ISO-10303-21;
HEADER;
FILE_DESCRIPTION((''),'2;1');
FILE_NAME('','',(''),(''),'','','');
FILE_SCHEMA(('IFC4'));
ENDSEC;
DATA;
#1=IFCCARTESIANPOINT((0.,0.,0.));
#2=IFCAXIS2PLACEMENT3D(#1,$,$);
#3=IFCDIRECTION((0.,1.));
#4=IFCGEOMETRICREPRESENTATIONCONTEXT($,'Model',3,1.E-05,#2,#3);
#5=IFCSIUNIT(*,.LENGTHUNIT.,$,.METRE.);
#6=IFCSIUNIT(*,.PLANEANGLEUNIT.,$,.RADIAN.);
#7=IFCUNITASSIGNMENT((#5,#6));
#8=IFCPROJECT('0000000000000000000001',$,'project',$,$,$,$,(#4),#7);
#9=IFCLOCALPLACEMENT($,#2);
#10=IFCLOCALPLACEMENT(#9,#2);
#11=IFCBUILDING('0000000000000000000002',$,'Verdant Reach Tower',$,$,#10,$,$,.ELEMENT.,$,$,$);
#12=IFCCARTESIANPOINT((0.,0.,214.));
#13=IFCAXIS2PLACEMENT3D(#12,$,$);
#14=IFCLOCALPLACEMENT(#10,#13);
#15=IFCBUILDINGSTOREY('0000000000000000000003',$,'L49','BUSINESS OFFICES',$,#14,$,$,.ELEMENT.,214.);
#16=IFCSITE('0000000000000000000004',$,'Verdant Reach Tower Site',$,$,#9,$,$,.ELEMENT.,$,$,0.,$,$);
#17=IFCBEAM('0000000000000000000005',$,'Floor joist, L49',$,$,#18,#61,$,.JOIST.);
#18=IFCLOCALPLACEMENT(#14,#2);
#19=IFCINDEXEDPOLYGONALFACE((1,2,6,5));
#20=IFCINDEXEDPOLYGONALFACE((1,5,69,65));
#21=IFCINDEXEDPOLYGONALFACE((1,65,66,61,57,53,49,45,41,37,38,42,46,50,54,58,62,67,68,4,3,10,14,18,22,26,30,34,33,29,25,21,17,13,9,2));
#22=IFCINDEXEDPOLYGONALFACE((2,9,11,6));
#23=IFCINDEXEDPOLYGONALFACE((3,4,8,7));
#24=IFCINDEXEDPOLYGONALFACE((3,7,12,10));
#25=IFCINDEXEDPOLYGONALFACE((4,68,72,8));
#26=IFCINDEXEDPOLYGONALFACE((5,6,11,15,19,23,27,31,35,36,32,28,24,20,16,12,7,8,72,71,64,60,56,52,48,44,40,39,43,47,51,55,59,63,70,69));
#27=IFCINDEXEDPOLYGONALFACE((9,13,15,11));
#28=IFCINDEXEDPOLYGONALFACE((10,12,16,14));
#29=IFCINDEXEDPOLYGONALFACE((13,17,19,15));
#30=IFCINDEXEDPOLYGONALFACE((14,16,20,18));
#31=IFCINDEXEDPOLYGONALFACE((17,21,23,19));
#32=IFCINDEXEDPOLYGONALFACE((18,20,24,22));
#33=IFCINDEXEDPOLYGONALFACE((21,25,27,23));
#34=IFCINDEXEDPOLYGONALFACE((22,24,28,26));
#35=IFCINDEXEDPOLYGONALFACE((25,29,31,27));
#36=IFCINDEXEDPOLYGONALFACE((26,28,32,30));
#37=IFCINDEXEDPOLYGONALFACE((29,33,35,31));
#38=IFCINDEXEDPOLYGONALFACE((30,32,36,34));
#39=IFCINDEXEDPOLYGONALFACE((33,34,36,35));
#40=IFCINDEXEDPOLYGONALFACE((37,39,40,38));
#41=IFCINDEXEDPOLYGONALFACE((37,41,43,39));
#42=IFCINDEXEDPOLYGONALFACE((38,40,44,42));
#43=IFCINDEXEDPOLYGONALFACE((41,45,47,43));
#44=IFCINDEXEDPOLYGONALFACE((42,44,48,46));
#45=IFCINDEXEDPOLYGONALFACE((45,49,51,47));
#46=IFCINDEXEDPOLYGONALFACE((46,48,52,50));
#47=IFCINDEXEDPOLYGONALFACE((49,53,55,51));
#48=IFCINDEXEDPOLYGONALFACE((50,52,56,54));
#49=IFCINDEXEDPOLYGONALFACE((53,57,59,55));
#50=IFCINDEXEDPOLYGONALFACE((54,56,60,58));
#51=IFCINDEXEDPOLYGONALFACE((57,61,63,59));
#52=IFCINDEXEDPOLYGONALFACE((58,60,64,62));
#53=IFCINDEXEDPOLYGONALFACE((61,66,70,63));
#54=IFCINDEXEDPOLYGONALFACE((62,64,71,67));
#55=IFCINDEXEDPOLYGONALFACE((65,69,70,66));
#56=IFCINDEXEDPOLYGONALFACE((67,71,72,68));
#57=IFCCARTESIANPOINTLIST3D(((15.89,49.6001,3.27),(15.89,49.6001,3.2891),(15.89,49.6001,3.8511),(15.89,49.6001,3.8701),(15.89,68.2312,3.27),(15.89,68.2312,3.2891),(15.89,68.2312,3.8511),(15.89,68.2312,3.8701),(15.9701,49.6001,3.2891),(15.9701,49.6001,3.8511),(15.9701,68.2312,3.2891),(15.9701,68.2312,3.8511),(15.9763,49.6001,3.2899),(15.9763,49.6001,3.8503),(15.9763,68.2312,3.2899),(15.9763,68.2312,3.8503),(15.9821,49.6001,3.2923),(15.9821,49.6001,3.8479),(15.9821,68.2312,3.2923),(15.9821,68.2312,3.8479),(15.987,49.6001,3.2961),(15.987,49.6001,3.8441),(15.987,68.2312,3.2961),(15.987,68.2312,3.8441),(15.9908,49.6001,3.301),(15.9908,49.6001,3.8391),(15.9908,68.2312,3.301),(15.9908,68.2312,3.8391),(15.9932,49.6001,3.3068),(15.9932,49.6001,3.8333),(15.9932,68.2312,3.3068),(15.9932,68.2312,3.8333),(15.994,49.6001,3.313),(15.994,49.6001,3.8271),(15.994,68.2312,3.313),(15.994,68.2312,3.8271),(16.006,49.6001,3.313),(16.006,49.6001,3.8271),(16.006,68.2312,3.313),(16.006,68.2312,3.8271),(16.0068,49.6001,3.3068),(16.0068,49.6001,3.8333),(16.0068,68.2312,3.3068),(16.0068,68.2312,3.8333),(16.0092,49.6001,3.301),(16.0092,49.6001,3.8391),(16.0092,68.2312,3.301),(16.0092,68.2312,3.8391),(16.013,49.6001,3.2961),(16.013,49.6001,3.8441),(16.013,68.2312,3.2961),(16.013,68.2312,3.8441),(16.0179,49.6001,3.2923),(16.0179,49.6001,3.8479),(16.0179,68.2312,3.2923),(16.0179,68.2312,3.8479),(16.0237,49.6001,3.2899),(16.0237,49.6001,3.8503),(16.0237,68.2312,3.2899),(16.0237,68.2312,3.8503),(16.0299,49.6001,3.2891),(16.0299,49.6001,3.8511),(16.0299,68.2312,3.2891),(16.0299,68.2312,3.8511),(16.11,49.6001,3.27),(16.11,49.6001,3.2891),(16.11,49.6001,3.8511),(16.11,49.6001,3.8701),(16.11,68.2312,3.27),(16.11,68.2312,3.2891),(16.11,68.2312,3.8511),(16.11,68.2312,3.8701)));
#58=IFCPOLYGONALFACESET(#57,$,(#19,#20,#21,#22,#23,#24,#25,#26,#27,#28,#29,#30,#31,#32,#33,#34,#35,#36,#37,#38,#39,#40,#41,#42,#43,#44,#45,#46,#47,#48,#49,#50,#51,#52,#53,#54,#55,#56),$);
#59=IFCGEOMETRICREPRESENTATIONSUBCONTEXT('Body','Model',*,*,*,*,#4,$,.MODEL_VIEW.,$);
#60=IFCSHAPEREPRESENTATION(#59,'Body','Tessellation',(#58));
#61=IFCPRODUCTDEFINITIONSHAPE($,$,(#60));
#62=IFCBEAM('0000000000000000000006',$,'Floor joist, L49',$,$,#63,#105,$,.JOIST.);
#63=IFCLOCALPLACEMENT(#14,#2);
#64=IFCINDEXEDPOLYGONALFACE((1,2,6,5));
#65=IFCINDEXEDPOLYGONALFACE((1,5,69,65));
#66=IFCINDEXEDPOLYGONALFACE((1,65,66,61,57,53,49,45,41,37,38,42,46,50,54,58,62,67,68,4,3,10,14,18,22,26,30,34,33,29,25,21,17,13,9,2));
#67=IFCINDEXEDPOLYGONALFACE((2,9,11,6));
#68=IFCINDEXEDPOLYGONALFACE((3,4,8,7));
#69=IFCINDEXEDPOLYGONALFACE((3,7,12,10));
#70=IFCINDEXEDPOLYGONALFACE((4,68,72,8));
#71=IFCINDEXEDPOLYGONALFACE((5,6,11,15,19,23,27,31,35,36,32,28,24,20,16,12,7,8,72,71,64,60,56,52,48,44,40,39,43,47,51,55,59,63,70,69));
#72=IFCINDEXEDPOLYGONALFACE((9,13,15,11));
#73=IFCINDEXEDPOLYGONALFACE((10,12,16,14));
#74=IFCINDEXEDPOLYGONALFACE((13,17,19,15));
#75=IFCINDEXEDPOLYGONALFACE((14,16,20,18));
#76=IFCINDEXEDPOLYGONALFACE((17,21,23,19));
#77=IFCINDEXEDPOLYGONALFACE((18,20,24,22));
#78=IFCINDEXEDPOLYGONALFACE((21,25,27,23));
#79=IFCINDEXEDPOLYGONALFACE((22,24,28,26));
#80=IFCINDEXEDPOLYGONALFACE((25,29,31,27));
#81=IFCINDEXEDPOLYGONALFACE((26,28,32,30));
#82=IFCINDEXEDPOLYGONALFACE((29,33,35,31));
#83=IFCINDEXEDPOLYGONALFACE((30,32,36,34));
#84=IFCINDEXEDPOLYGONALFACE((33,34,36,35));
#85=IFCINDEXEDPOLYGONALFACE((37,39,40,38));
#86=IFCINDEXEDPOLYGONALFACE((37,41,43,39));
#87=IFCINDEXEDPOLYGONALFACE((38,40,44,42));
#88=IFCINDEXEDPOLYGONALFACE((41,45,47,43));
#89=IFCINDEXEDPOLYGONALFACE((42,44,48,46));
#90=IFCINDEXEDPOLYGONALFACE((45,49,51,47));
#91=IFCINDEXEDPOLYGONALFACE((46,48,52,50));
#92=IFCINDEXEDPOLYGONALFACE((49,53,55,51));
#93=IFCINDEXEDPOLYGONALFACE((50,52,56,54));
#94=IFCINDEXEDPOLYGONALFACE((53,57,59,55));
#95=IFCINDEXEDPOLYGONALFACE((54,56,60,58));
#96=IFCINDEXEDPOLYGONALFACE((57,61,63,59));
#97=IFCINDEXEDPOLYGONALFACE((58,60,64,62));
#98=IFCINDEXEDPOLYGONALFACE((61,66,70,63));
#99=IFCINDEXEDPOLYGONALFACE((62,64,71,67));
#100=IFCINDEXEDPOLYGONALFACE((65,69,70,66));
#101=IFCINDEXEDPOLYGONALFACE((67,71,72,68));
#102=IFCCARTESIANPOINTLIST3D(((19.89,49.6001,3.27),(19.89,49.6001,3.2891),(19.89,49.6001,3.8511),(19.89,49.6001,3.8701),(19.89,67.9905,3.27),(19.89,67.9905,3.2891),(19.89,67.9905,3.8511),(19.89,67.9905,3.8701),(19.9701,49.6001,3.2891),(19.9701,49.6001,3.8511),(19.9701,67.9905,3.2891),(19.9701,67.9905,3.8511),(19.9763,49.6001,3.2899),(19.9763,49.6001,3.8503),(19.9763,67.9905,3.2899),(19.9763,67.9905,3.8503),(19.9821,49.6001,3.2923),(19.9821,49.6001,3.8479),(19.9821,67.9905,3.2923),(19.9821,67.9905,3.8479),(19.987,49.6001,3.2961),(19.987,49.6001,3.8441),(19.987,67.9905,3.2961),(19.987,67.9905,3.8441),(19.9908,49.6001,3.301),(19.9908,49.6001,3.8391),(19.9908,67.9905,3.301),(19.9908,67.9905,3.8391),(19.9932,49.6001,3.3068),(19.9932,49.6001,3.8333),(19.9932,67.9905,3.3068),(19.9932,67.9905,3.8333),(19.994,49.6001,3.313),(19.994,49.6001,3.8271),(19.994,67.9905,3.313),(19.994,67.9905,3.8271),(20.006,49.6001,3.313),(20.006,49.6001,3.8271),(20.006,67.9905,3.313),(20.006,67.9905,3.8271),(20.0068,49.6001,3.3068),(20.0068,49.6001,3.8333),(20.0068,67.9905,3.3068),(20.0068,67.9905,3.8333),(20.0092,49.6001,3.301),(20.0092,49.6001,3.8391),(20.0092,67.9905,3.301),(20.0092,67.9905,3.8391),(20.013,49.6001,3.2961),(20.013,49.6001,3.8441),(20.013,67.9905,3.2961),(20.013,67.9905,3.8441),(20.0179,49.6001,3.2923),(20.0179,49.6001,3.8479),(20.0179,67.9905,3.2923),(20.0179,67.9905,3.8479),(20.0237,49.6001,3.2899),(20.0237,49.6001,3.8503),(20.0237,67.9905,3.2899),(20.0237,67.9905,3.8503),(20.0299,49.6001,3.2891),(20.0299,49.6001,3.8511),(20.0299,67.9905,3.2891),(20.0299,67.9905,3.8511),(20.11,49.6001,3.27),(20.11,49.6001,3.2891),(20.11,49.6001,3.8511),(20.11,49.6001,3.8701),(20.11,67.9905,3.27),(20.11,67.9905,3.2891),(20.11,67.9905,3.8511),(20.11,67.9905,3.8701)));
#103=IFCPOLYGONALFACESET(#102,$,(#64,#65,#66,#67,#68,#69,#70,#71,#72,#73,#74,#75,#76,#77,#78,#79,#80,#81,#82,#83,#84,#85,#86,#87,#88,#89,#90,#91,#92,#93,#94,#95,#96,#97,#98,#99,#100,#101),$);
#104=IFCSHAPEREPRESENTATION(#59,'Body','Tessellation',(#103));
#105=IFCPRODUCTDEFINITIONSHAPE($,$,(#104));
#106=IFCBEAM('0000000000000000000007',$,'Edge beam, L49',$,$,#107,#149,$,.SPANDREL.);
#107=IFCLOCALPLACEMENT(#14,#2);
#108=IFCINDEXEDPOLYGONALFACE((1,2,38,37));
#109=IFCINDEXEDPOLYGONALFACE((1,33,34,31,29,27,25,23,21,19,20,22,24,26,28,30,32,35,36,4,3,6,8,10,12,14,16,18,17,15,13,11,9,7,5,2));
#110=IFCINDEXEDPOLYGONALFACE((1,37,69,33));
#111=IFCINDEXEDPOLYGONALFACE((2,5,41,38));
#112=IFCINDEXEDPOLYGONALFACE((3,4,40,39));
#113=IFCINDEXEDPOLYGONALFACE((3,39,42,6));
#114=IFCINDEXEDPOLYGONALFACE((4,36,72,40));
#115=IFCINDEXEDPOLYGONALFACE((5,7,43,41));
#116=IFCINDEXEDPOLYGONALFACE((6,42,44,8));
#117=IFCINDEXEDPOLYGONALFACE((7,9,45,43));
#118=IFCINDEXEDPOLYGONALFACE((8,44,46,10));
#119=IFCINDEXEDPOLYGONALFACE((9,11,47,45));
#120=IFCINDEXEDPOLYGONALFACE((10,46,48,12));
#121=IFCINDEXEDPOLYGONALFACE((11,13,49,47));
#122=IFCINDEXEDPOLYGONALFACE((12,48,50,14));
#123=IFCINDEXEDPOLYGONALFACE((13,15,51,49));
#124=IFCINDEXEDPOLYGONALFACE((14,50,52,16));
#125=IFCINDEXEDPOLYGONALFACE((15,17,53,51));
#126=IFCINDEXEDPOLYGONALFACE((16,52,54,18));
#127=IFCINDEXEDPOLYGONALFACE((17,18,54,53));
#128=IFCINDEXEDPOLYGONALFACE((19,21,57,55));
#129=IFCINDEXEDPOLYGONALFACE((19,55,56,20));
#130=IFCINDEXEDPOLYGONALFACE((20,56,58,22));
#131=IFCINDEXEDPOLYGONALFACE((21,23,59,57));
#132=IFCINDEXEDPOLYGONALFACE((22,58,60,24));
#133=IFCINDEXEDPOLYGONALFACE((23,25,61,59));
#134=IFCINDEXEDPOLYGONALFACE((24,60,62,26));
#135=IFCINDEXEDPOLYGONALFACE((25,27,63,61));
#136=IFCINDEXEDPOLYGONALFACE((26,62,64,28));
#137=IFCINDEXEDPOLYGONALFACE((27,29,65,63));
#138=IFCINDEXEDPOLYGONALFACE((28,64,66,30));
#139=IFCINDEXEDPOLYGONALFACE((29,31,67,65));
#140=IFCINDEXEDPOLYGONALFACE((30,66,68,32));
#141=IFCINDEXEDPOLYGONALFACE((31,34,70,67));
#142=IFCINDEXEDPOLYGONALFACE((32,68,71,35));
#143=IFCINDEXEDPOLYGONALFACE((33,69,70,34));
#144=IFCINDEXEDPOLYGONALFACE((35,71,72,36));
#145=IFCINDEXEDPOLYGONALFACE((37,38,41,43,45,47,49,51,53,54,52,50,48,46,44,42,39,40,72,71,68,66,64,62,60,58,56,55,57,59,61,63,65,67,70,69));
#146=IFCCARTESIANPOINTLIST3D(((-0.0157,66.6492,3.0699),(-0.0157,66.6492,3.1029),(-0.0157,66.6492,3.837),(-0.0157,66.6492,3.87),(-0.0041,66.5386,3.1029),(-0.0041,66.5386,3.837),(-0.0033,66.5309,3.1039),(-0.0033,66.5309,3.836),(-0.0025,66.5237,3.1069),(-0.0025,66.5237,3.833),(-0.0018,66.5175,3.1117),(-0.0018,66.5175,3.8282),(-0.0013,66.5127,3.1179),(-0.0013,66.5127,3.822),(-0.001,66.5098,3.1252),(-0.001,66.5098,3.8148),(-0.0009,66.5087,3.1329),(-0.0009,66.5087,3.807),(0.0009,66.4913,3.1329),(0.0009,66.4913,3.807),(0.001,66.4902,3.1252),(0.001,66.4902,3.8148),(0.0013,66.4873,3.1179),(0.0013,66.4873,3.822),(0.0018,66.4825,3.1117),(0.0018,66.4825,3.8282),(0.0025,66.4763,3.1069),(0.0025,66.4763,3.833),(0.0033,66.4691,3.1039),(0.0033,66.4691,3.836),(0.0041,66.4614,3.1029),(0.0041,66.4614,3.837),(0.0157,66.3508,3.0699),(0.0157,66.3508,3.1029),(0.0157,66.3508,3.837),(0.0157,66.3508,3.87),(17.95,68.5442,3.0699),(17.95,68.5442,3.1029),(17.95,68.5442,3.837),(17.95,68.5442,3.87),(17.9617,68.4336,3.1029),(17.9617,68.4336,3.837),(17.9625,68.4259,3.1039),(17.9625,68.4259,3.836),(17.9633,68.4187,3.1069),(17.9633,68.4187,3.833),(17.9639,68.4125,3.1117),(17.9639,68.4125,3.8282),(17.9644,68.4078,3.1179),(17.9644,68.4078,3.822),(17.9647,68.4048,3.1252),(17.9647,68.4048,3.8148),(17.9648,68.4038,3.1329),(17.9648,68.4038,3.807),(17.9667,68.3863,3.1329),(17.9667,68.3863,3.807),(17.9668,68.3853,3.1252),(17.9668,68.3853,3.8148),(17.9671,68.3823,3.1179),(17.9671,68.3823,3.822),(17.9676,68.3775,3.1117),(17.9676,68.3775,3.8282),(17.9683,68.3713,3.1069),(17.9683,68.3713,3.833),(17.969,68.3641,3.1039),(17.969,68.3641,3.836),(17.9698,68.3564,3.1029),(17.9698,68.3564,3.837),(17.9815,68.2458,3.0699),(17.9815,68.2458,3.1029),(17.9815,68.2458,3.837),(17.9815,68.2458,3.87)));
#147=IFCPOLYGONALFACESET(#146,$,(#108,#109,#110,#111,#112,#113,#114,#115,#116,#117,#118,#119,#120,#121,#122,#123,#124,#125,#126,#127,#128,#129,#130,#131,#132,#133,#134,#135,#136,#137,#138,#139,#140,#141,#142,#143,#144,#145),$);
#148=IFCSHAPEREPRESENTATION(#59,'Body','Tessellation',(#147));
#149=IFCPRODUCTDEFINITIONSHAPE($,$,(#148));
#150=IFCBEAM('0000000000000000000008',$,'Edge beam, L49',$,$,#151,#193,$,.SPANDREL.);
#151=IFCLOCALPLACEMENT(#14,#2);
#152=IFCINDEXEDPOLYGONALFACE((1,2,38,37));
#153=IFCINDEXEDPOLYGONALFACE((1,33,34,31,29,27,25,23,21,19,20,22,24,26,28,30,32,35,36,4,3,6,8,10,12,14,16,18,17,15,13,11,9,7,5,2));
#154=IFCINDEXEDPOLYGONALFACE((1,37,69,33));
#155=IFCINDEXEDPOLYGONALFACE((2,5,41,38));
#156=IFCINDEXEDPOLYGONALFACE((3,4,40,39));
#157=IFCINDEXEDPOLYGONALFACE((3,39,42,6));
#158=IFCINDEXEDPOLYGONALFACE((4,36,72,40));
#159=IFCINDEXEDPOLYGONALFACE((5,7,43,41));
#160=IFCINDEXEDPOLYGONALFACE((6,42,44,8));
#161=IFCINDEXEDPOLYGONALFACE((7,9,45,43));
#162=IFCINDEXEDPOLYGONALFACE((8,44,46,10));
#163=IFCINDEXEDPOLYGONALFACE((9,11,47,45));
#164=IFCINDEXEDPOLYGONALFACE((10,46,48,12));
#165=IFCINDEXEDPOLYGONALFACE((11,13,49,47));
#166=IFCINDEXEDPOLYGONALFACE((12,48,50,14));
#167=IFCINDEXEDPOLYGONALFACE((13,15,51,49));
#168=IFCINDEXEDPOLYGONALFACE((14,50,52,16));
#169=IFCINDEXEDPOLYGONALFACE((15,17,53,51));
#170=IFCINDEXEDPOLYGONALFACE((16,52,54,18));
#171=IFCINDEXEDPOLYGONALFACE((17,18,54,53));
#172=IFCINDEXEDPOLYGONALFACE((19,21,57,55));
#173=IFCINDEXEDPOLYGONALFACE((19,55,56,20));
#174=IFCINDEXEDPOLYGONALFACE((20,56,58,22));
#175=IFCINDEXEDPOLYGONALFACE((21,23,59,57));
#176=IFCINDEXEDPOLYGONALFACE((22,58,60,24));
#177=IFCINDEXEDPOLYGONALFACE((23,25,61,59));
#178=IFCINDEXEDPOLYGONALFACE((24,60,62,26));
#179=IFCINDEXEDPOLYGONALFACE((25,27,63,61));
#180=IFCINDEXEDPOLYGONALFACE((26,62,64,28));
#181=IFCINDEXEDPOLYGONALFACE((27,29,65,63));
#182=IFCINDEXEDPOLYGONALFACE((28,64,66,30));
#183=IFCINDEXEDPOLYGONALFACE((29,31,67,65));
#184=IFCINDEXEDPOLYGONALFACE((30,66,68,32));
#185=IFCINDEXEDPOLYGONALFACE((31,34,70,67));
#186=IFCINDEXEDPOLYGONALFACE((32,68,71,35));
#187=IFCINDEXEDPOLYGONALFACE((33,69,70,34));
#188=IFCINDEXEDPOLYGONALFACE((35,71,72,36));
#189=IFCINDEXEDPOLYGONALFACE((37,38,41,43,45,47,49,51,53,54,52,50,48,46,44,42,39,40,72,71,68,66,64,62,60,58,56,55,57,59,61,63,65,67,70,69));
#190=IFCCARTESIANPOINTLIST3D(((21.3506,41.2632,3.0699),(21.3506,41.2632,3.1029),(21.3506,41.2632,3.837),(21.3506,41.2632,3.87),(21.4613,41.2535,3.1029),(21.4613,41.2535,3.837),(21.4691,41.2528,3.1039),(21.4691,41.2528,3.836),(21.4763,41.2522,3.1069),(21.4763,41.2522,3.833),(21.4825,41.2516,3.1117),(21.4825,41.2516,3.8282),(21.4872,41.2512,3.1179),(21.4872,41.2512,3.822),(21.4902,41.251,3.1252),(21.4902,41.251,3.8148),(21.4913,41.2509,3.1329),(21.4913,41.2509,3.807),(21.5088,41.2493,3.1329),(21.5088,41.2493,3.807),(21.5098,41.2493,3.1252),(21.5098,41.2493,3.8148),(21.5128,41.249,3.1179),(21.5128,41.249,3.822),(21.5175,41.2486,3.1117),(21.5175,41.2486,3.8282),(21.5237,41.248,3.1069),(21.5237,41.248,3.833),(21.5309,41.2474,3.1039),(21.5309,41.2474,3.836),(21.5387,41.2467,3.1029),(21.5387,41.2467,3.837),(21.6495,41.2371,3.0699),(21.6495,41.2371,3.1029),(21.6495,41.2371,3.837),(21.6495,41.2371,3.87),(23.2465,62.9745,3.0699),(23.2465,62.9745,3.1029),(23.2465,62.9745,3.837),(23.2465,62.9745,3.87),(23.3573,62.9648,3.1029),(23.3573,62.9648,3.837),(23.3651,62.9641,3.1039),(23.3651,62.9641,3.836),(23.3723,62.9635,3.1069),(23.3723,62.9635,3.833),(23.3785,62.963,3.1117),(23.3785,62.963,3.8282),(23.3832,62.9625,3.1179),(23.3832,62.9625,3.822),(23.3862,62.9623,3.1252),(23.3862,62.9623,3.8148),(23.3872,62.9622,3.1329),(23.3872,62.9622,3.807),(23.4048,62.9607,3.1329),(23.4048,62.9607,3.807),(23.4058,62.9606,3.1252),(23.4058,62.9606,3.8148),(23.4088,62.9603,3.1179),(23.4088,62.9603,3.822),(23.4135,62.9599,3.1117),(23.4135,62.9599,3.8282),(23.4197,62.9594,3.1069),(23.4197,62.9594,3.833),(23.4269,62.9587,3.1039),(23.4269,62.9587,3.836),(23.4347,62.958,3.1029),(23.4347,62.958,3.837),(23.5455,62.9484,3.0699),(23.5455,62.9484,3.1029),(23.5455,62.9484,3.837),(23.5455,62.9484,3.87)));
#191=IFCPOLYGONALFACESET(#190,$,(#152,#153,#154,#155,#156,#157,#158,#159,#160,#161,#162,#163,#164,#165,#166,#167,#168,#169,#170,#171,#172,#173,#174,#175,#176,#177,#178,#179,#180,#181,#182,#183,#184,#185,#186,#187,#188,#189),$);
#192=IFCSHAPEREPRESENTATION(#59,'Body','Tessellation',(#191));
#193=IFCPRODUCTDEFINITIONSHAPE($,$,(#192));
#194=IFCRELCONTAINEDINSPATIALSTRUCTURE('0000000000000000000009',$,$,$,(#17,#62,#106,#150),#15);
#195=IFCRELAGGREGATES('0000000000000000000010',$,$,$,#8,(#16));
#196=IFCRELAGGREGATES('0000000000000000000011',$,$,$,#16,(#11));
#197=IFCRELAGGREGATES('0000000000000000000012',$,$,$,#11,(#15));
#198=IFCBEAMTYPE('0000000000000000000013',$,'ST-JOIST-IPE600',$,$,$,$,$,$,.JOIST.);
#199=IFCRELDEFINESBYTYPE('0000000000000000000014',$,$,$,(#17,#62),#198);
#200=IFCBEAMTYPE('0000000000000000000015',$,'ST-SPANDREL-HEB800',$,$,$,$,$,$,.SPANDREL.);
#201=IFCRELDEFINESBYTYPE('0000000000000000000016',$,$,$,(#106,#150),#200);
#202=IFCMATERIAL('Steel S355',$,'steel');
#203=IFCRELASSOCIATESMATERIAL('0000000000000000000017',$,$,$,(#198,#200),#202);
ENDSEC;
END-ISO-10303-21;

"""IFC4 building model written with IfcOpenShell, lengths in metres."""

from ifc_helpers import new_model, si_unit, direction, frame, origin, origin_2d, place, context, subcontext, project, spatial, i_section, extrude, material, material_profile, profile_set, type_object, element, save


model = new_model("IFC4")

# Units and contexts
model_context = context("Model", 3, precision=1e-05, world=origin(), true_north=direction((0.0, 1.0)))
body_context = subcontext(model_context, "Body", "Model", "MODEL_VIEW")
ifc_project = project(units=[si_unit("LENGTHUNIT", "METRE"), si_unit("PLANEANGLEUNIT", "RADIAN")], contexts=[model_context])

# Site, building, storey
site_placement = place(None, origin())
site = spatial("IfcSite", under=ifc_project, at=site_placement, Name="Verdant Reach Tower Site", CompositionType="ELEMENT", RefElevation=0.0)
building_placement = place(site_placement, origin())
building = spatial("IfcBuilding", under=site, at=building_placement, Name="Verdant Reach Tower", CompositionType="ELEMENT")
storey_placement = place(building_placement, frame((0.0, 0.0, 214.0)))
storey = spatial("IfcBuildingStorey", under=building, at=storey_placement, Name="L49", Description="BUSINESS OFFICES", CompositionType="ELEMENT", Elevation=214.0)

# Beams
ifc_material_1 = material(Name="Steel S355", Category="steel")
ifc_material_profile_1 = material_profile(ifc_material_1, i_section(OverallWidth=0.22, OverallDepth=0.6001, WebThickness=0.012, FlangeThickness=0.019, FilletRadius=0.0239, at=origin_2d()), Name="IPE 600")
ifc_profile_set_1 = profile_set([ifc_material_profile_1], Name="Steel S355")
beam_type_1 = type_object("IfcBeamType", Name="ST-JOIST-IPE600", PredefinedType="JOIST", material=ifc_profile_set_1)
beam_1_placement = place(storey_placement, frame((16.0, 49.6001, 3.5701), z_axis=(0.0, 1.0, 0.0), x_axis=(-1.0, 0.0, 0.0)))
element("IfcBeam", 1, at=beam_1_placement, inside=storey, type_object=beam_type_1, Name="Floor joist, L49", PredefinedType="JOIST", context=body_context, shape_type="SweptSolid", body=[
    extrude(i_section(OverallWidth=0.22, OverallDepth=0.6001, WebThickness=0.012, FlangeThickness=0.019, FilletRadius=0.0239, at=origin_2d()), origin(), (0.0, 0.0, 1.0), 18.6311),
])
beam_2_placement = place(storey_placement, frame((20.0, 49.6001, 3.5701), z_axis=(0.0, 1.0, 0.0), x_axis=(-1.0, 0.0, 0.0)))
element("IfcBeam", 2, at=beam_2_placement, inside=storey, type_object=beam_type_1, Name="Floor joist, L49", PredefinedType="JOIST", context=body_context, shape_type="SweptSolid", body=[
    extrude(i_section(OverallWidth=0.22, OverallDepth=0.6001, WebThickness=0.012, FlangeThickness=0.019, FilletRadius=0.0239, at=origin_2d()), origin(), (0.0, 0.0, 1.0), 18.3904),
])
ifc_material_profile_2 = material_profile(ifc_material_1, i_section(OverallWidth=0.3, OverallDepth=0.8, WebThickness=0.0176, FlangeThickness=0.033, FilletRadius=0.03, at=origin_2d()), Name="HEB 800")
ifc_profile_set_2 = profile_set([ifc_material_profile_2], Name="Steel S355")
beam_type_2 = type_object("IfcBeamType", Name="ST-SPANDREL-HEB800", PredefinedType="SPANDREL", material=ifc_profile_set_2)
beam_3_placement = place(storey_placement, frame((0.0, 66.5, 3.47), z_axis=(0.994483, 0.104897, 0.0), x_axis=(-0.104897, 0.994483, 0.0)))
element("IfcBeam", 3, at=beam_3_placement, inside=storey, type_object=beam_type_2, Name="Edge beam, L49", PredefinedType="SPANDREL", context=body_context, shape_type="SweptSolid", body=[
    extrude(i_section(OverallWidth=0.3, OverallDepth=0.8, WebThickness=0.0176, FlangeThickness=0.033, FilletRadius=0.03, at=origin_2d()), origin(), (0.0, 0.0, 1.0), 18.0654),
])
beam_4_placement = place(storey_placement, frame((23.396, 62.9614, 3.47), z_axis=(-0.086996, -0.996209, 0.0), x_axis=(0.996209, -0.086996, 0.0)))
element("IfcBeam", 4, at=beam_4_placement, inside=storey, type_object=beam_type_2, Name="Edge beam, L49", PredefinedType="SPANDREL", context=body_context, shape_type="SweptSolid", body=[
    extrude(i_section(OverallWidth=0.3, OverallDepth=0.8, WebThickness=0.0176, FlangeThickness=0.033, FilletRadius=0.03, at=origin_2d()), origin(), (0.0, 0.0, 1.0), 21.7939),
])

save(model, "model.ifc")
